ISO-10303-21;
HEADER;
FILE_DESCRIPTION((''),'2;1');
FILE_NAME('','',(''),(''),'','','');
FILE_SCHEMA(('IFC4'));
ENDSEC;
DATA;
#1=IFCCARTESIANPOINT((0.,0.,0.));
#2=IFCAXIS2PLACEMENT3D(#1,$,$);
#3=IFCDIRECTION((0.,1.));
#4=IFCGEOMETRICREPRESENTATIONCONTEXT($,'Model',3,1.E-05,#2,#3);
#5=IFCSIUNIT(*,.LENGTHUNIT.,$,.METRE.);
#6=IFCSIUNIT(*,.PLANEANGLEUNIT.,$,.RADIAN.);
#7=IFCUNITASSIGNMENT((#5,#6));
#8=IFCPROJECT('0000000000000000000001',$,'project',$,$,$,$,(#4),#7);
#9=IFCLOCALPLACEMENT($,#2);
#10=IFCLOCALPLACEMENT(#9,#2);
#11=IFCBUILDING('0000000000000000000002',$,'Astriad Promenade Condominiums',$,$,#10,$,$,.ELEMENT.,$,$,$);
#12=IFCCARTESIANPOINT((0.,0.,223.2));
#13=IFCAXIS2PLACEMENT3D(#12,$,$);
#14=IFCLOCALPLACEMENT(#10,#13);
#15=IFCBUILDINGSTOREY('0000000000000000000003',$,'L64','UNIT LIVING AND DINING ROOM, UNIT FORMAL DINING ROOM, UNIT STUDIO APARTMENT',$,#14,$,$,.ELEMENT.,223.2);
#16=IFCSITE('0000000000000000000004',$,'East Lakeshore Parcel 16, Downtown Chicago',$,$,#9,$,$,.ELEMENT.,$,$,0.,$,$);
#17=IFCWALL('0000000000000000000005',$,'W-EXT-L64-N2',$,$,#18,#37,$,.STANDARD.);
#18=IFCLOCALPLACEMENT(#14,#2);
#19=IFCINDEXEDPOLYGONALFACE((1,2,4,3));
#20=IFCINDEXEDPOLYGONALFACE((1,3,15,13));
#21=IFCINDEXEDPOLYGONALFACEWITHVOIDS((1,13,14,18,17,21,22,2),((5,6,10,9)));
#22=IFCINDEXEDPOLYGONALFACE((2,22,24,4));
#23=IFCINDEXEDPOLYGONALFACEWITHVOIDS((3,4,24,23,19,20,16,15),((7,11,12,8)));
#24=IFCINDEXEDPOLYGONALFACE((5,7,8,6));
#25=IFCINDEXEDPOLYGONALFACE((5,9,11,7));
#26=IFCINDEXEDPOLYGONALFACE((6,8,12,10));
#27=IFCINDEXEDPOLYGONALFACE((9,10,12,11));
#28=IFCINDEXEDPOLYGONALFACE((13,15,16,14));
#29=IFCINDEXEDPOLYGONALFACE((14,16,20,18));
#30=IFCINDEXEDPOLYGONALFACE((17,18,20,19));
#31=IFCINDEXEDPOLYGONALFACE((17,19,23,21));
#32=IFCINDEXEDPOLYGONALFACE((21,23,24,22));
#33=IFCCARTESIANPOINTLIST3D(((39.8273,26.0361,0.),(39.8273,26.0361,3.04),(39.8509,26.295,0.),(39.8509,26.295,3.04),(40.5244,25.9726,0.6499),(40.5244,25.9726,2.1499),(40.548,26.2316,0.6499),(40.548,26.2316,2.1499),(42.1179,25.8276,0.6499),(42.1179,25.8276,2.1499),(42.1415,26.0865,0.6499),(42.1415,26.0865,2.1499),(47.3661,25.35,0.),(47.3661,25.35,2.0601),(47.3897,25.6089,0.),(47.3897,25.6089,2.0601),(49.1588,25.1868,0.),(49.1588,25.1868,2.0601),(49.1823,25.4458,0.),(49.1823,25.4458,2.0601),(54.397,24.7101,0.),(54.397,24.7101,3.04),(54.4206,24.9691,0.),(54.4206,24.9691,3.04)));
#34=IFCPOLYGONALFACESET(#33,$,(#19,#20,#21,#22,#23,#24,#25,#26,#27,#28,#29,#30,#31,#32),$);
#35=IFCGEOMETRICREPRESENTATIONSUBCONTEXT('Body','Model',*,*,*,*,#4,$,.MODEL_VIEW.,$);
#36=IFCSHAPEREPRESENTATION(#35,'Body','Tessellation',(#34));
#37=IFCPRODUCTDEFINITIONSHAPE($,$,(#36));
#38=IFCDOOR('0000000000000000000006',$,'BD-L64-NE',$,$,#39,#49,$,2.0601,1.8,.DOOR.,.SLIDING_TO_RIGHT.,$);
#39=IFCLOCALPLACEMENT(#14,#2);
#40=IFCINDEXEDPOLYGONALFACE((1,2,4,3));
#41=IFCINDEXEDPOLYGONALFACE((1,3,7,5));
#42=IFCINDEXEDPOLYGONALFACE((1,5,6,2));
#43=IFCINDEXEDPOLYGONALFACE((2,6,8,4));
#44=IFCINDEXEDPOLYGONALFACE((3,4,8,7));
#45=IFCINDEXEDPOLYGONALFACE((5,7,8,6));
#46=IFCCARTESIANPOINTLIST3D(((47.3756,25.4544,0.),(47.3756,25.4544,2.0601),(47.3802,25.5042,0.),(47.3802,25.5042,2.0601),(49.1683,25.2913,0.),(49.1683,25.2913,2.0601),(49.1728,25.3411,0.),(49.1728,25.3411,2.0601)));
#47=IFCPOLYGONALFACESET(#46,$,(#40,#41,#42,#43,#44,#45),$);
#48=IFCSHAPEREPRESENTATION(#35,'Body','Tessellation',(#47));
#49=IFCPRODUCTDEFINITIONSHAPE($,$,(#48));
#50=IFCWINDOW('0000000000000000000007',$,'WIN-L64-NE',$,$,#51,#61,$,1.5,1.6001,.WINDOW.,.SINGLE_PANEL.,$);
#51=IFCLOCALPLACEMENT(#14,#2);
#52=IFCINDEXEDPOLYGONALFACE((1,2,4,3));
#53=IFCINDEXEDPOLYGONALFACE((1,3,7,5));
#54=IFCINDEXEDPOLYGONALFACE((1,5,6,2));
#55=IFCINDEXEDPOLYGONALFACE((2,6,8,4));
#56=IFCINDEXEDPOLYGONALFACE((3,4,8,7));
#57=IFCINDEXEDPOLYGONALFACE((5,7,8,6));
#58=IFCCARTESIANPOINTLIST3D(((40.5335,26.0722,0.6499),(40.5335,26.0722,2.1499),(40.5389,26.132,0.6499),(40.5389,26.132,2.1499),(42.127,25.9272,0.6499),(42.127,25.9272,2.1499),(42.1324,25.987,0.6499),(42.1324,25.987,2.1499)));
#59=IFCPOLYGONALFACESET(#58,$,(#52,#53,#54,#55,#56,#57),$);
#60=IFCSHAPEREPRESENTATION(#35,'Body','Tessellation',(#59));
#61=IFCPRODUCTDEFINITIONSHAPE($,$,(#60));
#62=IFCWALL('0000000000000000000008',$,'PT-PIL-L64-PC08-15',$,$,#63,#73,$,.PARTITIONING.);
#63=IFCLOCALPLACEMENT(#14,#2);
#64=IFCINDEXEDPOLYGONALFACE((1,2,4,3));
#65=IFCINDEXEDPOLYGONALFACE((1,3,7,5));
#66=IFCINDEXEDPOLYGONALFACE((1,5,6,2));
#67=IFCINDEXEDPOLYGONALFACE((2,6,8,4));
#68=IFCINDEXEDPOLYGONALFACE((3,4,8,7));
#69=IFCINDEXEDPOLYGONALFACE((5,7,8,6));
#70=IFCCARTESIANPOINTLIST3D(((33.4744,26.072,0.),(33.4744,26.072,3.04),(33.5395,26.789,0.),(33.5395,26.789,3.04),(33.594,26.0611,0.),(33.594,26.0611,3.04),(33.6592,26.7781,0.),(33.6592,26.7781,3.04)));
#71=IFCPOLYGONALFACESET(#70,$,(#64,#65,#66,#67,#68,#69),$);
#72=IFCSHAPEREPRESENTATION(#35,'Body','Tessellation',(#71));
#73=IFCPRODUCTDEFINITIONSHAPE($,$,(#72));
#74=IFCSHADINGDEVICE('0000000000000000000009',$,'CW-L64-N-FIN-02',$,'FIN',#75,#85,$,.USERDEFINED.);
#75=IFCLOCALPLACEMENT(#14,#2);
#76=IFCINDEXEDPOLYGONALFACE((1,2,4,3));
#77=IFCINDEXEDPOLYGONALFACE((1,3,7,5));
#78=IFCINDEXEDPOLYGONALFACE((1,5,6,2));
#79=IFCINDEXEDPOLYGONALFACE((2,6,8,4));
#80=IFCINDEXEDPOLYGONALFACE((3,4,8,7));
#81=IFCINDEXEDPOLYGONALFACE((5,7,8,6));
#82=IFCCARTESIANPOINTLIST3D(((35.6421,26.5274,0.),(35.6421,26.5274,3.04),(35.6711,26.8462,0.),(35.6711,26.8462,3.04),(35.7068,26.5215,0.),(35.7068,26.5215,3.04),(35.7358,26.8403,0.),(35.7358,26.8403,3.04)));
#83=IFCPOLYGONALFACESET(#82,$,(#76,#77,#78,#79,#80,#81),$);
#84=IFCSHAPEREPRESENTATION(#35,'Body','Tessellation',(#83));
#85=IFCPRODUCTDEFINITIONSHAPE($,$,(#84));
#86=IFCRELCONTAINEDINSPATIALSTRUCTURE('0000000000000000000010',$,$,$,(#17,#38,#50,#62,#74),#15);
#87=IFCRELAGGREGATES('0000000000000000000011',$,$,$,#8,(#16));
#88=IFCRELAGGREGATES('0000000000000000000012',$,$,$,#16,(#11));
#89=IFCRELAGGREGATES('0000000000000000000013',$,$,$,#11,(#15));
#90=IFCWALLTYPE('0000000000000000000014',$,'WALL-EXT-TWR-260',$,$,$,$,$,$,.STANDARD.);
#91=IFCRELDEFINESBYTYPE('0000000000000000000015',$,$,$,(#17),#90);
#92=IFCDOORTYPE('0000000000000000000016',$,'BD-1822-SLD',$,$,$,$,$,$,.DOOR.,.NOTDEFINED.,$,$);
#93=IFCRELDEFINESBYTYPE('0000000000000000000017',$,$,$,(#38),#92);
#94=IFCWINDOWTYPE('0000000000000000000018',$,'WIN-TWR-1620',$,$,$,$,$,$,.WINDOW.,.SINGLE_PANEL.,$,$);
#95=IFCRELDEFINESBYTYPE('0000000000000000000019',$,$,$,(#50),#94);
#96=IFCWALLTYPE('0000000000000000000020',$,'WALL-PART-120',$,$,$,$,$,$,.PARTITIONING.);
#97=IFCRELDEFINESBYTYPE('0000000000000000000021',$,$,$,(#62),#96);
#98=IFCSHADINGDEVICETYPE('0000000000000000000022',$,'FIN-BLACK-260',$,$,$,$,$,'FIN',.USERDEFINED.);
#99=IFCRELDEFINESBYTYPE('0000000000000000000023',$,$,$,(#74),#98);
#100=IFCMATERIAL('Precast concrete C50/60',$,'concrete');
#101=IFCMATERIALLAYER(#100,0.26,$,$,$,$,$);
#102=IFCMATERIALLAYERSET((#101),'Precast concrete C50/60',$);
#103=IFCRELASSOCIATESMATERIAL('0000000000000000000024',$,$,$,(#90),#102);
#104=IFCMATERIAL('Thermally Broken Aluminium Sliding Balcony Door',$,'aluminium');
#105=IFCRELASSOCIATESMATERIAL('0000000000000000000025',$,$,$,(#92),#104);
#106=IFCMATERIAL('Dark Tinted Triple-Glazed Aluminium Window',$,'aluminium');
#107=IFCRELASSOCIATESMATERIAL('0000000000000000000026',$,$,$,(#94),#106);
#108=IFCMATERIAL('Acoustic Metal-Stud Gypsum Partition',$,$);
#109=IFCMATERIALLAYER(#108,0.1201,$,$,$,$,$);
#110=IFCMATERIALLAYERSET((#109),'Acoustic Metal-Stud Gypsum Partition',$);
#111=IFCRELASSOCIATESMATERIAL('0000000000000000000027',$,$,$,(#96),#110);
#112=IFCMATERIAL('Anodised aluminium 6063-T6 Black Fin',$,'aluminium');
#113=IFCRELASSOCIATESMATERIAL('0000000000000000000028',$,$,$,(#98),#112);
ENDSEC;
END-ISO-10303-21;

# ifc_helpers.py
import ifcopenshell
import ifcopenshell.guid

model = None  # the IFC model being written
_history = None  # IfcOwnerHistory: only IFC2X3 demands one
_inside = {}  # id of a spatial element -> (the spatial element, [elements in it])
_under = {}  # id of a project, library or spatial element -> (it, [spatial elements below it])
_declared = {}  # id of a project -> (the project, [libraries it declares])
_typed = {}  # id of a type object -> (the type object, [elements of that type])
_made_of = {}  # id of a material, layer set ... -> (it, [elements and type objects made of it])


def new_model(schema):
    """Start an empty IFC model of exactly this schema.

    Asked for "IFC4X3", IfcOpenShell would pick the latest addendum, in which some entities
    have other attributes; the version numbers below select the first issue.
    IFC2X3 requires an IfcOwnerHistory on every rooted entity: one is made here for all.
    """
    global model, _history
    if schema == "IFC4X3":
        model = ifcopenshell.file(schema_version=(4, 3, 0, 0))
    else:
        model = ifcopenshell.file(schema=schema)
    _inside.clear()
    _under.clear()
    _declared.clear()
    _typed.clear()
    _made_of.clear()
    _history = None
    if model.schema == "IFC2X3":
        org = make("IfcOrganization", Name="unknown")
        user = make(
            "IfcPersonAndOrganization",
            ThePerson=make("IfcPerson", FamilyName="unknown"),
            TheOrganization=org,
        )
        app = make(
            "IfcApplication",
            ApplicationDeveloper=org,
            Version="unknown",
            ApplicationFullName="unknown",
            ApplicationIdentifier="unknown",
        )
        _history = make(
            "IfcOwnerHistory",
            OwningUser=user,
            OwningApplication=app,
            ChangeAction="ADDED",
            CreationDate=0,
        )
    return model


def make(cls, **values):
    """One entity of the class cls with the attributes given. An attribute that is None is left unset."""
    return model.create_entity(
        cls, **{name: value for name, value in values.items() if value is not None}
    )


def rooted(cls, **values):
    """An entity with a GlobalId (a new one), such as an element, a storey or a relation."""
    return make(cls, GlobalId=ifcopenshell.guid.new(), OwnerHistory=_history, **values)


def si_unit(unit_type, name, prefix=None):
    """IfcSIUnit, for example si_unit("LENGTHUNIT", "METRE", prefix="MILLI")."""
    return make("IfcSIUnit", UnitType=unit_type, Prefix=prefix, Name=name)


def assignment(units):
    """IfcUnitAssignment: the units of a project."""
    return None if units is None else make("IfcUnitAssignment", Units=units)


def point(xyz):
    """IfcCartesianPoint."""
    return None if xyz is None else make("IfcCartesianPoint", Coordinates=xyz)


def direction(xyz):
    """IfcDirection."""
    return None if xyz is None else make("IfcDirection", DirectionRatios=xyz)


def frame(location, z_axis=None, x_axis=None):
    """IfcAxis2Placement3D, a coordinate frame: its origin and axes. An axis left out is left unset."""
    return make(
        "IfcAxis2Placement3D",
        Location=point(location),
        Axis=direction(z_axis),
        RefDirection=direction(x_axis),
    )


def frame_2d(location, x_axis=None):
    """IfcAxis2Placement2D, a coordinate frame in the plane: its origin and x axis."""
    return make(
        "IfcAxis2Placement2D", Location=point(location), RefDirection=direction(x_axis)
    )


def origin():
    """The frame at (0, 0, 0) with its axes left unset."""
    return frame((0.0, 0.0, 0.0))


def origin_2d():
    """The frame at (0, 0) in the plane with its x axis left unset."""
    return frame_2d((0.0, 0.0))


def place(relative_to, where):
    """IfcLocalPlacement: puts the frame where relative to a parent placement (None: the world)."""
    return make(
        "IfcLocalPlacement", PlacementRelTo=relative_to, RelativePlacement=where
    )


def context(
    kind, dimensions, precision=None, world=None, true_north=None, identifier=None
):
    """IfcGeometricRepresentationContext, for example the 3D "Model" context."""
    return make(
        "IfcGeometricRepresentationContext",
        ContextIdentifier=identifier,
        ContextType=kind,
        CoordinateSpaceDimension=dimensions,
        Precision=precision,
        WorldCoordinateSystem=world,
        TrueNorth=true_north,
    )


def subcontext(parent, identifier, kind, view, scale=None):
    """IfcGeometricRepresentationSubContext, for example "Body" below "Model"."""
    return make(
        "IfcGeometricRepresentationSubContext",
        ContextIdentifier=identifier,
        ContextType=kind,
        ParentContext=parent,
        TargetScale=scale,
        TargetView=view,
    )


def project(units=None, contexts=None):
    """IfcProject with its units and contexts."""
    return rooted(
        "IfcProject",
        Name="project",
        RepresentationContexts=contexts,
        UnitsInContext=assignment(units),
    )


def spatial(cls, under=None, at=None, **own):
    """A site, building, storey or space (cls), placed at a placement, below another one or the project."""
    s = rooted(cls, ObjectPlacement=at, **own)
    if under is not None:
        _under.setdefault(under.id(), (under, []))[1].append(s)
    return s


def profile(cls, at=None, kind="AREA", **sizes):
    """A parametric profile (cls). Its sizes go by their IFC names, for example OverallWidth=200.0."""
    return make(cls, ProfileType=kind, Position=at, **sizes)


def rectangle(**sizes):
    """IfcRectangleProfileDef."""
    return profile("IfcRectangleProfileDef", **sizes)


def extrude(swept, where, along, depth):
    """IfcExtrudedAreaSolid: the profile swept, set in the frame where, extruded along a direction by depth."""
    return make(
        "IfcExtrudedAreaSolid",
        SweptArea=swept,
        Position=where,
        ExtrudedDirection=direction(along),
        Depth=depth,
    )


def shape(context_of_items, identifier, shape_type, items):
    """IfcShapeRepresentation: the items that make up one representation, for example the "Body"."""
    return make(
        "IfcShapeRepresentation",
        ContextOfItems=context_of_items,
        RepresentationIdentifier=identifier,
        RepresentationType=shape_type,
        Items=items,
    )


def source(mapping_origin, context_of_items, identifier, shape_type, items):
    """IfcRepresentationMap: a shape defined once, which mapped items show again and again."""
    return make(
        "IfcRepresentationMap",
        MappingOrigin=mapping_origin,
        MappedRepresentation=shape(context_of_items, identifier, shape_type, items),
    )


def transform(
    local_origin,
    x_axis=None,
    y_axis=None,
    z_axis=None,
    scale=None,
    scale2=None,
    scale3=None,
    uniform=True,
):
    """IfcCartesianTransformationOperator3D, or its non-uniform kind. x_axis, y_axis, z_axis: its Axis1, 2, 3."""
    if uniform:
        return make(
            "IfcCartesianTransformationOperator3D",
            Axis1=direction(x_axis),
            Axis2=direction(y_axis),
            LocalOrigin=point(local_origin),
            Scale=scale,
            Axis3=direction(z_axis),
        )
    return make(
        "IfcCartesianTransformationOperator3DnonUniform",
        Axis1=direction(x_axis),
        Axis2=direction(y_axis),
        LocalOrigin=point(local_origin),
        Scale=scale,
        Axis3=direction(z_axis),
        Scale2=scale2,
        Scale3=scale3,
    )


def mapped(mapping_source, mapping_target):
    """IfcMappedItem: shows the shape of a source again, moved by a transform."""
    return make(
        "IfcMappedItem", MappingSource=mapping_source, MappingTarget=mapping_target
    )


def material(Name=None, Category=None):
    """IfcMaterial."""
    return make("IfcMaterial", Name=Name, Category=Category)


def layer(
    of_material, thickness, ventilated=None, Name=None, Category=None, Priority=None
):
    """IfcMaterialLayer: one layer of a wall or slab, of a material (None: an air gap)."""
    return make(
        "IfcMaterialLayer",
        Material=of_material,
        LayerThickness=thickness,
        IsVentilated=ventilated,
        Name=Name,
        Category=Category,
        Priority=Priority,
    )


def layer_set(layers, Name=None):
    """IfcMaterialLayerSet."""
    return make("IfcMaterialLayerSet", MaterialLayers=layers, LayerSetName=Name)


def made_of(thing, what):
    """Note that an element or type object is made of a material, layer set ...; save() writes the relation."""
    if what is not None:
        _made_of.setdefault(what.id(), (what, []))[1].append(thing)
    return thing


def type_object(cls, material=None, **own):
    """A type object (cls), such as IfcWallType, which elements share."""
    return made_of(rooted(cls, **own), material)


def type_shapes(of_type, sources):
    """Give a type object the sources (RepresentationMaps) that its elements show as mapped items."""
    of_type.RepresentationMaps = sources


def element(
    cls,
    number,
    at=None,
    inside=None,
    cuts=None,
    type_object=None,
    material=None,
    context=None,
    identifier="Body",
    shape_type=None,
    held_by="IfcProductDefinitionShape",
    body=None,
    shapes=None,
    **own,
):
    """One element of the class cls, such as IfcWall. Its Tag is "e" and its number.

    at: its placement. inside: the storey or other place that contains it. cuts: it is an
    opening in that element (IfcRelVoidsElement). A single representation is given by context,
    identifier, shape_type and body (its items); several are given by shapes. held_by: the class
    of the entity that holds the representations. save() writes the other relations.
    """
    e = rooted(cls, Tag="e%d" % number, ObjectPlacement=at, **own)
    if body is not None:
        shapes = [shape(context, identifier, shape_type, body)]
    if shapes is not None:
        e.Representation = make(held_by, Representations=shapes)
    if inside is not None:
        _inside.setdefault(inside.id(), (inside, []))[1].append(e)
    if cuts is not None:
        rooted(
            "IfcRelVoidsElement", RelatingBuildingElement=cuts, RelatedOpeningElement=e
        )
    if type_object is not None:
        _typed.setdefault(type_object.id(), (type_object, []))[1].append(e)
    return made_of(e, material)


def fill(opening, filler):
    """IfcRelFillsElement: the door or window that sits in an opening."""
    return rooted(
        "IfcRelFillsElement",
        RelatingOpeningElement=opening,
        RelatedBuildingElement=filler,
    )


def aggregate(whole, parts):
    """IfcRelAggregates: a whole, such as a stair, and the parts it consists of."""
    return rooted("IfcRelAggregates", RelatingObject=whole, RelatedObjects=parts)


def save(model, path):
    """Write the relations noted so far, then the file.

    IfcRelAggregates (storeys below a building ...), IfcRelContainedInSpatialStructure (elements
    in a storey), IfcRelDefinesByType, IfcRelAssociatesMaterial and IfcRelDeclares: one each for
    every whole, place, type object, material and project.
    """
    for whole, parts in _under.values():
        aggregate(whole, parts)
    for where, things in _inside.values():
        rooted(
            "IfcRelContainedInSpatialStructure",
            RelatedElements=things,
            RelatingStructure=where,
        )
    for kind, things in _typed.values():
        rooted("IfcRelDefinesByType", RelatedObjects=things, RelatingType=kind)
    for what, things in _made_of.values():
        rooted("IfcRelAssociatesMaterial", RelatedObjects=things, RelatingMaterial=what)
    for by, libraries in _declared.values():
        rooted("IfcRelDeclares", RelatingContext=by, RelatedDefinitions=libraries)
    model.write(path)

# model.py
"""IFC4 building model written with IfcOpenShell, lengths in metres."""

from ifc_helpers import new_model, si_unit, direction, frame, frame_2d, origin, origin_2d, place, context, subcontext, project, spatial, rectangle, extrude, source, transform, mapped, material, layer, layer_set, type_object, type_shapes, element, fill, save


model = new_model("IFC4")

# Units and contexts
model_context = context("Model", 3, precision=1e-05, world=origin(), true_north=direction((0.0, 1.0)))
body_context = subcontext(model_context, "Body", "Model", "MODEL_VIEW")
ifc_project = project(units=[si_unit("LENGTHUNIT", "METRE"), si_unit("PLANEANGLEUNIT", "RADIAN")], contexts=[model_context])

# Site, building, storey
site_placement = place(None, origin())
site = spatial("IfcSite", under=ifc_project, at=site_placement, Name="East Lakeshore Parcel 16, Downtown Chicago", CompositionType="ELEMENT", RefElevation=0.0)
building_placement = place(site_placement, origin())
building = spatial("IfcBuilding", under=site, at=building_placement, Name="Astriad Promenade Condominiums", CompositionType="ELEMENT")
storey_placement = place(building_placement, frame((0.0, 0.0, 223.2)))
storey = spatial("IfcBuildingStorey", under=building, at=storey_placement, Name="L64", Description="UNIT LIVING AND DINING ROOM, UNIT FORMAL DINING ROOM, UNIT STUDIO APARTMENT", CompositionType="ELEMENT", Elevation=223.2)

# Wall, openings, door, window
ifc_material_1 = material(Name="Precast concrete C50/60", Category="concrete")
ifc_layer_1 = layer(ifc_material_1, 0.26)
ifc_layer_set_1 = layer_set([ifc_layer_1], Name="Precast concrete C50/60")
wall_type_1 = type_object("IfcWallType", Name="WALL-EXT-TWR-260", PredefinedType="STANDARD", material=ifc_layer_set_1)
wall_1_placement = place(storey_placement, frame((39.8391, 26.1655, 0.0), z_axis=(0.0, 0.0, 1.0), x_axis=(0.995884, -0.090632, 0.0)))
wall_1 = element("IfcWall", 1, at=wall_1_placement, inside=storey, type_object=wall_type_1, Name="W-EXT-L64-N2", PredefinedType="STANDARD", context=body_context, shape_type="SweptSolid", body=[
    extrude(rectangle(XDim=14.6299, YDim=0.26, at=frame_2d((7.3149, 0.0))), origin(), (0.0, 0.0, 1.0), 3.04),
])
opening_1_placement = place(wall_1_placement, frame((7.5701, 0.0, 0.0)))
opening_1 = element("IfcOpeningElement", 2, at=opening_1_placement, cuts=wall_1, PredefinedType="OPENING", context=body_context, shape_type="SweptSolid", body=[
    extrude(rectangle(XDim=1.8, YDim=2.0601, at=frame_2d((0.8999, 1.03))), frame((0.0, 0.1399, 0.0), z_axis=(0.0, -1.0, 0.0), x_axis=(1.0, 0.0, 0.0)), (0.0, 0.0, 1.0), 0.28),
])
opening_2_placement = place(wall_1_placement, frame((0.7, 0.0, 0.6499)))
opening_2 = element("IfcOpeningElement", 3, at=opening_2_placement, cuts=wall_1, PredefinedType="OPENING", context=body_context, shape_type="SweptSolid", body=[
    extrude(rectangle(XDim=1.6001, YDim=1.5, at=frame_2d((0.8, 0.75))), frame((0.0, 0.1399, 0.0), z_axis=(0.0, -1.0, 0.0), x_axis=(1.0, 0.0, 0.0)), (0.0, 0.0, 1.0), 0.28),
])
ifc_material_2 = material(Name="Thermally Broken Aluminium Sliding Balcony Door", Category="aluminium")
door_type = type_object("IfcDoorType", Name="BD-1822-SLD", OperationType="NOTDEFINED", PredefinedType="DOOR", material=ifc_material_2)
shared_shape_1 = source(origin(), body_context, "Body", "SweptSolid", [
    extrude(rectangle(XDim=1.8, YDim=2.0601, at=frame_2d((0.8999, 1.03))), frame((0.0, 0.0249, 0.0), z_axis=(0.0, -1.0, 0.0), x_axis=(1.0, 0.0, 0.0)), (0.0, 0.0, 1.0), 0.05),
])
type_shapes(door_type, [shared_shape_1])
door_placement = place(opening_1_placement, origin())
door = element("IfcDoor", 4, at=door_placement, inside=storey, type_object=door_type, Name="BD-L64-NE", OperationType="SLIDING_TO_RIGHT", OverallHeight=2.0601, OverallWidth=1.8, PredefinedType="DOOR", context=body_context, shape_type="MappedRepresentation", body=[
    mapped(shared_shape_1, transform((0.0, 0.0, 0.0), scale=1.0)),
])
fill(opening_1, door)
ifc_material_3 = material(Name="Dark Tinted Triple-Glazed Aluminium Window", Category="aluminium")
window_type = type_object("IfcWindowType", Name="WIN-TWR-1620", PartitioningType="SINGLE_PANEL", PredefinedType="WINDOW", material=ifc_material_3)
shared_shape_2 = source(origin(), body_context, "Body", "SweptSolid", [
    extrude(rectangle(XDim=1.6001, YDim=1.5, at=frame_2d((0.8, 0.75))), frame((0.0, 0.03, 0.0), z_axis=(0.0, -1.0, 0.0), x_axis=(1.0, 0.0, 0.0)), (0.0, 0.0, 1.0), 0.0601),
])
type_shapes(window_type, [shared_shape_2])
window_placement = place(opening_2_placement, origin())
window = element("IfcWindow", 5, at=window_placement, inside=storey, type_object=window_type, Name="WIN-L64-NE", OverallHeight=1.5, OverallWidth=1.6001, PartitioningType="SINGLE_PANEL", PredefinedType="WINDOW", context=body_context, shape_type="MappedRepresentation", body=[
    mapped(shared_shape_2, transform((0.0, 0.0, 0.0), scale=1.0)),
])
fill(opening_2, window)

# Wall
ifc_material_4 = material(Name="Acoustic Metal-Stud Gypsum Partition")
ifc_layer_2 = layer(ifc_material_4, 0.1201)
ifc_layer_set_2 = layer_set([ifc_layer_2], Name="Acoustic Metal-Stud Gypsum Partition")
wall_type_2 = type_object("IfcWallType", Name="WALL-PART-120", PredefinedType="PARTITIONING", material=ifc_layer_set_2)
wall_2_placement = place(storey_placement, frame((33.5342, 26.0667, 0.0), z_axis=(0.0, 0.0, 1.0), x_axis=(0.090536, 0.995893, 0.0)))
element("IfcWall", 6, at=wall_2_placement, inside=storey, type_object=wall_type_2, Name="PT-PIL-L64-PC08-15", PredefinedType="PARTITIONING", context=body_context, shape_type="SweptSolid", body=[
    extrude(rectangle(XDim=0.72, YDim=0.1201, at=frame_2d((0.3599, 0.0))), origin(), (0.0, 0.0, 1.0), 3.04),
])

# Shading device
ifc_material_5 = material(Name="Anodised aluminium 6063-T6 Black Fin", Category="aluminium")
shading_device_type = type_object("IfcShadingDeviceType", Name="FIN-BLACK-260", ElementType="FIN", PredefinedType="USERDEFINED", material=ifc_material_5)
shared_shape_3 = source(origin(), body_context, "Body", "SweptSolid", [
    extrude(rectangle(XDim=0.0649, YDim=0.3201, at=origin_2d()), origin(), (0.0, 0.0, 1.0), 3.04),
])
type_shapes(shading_device_type, [shared_shape_3])
shading_device_placement = place(storey_placement, frame((35.689, 26.6838, 0.0), z_axis=(0.0, 0.0, 1.0), x_axis=(0.995884, -0.090633, 0.0)))
element("IfcShadingDevice", 7, at=shading_device_placement, inside=storey, type_object=shading_device_type, Name="CW-L64-N-FIN-02", ObjectType="FIN", PredefinedType="USERDEFINED", context=body_context, shape_type="MappedRepresentation", body=[
    mapped(shared_shape_3, transform((0.0, 0.0, 0.0), scale=1.0)),
])

save(model, "model.ifc")
